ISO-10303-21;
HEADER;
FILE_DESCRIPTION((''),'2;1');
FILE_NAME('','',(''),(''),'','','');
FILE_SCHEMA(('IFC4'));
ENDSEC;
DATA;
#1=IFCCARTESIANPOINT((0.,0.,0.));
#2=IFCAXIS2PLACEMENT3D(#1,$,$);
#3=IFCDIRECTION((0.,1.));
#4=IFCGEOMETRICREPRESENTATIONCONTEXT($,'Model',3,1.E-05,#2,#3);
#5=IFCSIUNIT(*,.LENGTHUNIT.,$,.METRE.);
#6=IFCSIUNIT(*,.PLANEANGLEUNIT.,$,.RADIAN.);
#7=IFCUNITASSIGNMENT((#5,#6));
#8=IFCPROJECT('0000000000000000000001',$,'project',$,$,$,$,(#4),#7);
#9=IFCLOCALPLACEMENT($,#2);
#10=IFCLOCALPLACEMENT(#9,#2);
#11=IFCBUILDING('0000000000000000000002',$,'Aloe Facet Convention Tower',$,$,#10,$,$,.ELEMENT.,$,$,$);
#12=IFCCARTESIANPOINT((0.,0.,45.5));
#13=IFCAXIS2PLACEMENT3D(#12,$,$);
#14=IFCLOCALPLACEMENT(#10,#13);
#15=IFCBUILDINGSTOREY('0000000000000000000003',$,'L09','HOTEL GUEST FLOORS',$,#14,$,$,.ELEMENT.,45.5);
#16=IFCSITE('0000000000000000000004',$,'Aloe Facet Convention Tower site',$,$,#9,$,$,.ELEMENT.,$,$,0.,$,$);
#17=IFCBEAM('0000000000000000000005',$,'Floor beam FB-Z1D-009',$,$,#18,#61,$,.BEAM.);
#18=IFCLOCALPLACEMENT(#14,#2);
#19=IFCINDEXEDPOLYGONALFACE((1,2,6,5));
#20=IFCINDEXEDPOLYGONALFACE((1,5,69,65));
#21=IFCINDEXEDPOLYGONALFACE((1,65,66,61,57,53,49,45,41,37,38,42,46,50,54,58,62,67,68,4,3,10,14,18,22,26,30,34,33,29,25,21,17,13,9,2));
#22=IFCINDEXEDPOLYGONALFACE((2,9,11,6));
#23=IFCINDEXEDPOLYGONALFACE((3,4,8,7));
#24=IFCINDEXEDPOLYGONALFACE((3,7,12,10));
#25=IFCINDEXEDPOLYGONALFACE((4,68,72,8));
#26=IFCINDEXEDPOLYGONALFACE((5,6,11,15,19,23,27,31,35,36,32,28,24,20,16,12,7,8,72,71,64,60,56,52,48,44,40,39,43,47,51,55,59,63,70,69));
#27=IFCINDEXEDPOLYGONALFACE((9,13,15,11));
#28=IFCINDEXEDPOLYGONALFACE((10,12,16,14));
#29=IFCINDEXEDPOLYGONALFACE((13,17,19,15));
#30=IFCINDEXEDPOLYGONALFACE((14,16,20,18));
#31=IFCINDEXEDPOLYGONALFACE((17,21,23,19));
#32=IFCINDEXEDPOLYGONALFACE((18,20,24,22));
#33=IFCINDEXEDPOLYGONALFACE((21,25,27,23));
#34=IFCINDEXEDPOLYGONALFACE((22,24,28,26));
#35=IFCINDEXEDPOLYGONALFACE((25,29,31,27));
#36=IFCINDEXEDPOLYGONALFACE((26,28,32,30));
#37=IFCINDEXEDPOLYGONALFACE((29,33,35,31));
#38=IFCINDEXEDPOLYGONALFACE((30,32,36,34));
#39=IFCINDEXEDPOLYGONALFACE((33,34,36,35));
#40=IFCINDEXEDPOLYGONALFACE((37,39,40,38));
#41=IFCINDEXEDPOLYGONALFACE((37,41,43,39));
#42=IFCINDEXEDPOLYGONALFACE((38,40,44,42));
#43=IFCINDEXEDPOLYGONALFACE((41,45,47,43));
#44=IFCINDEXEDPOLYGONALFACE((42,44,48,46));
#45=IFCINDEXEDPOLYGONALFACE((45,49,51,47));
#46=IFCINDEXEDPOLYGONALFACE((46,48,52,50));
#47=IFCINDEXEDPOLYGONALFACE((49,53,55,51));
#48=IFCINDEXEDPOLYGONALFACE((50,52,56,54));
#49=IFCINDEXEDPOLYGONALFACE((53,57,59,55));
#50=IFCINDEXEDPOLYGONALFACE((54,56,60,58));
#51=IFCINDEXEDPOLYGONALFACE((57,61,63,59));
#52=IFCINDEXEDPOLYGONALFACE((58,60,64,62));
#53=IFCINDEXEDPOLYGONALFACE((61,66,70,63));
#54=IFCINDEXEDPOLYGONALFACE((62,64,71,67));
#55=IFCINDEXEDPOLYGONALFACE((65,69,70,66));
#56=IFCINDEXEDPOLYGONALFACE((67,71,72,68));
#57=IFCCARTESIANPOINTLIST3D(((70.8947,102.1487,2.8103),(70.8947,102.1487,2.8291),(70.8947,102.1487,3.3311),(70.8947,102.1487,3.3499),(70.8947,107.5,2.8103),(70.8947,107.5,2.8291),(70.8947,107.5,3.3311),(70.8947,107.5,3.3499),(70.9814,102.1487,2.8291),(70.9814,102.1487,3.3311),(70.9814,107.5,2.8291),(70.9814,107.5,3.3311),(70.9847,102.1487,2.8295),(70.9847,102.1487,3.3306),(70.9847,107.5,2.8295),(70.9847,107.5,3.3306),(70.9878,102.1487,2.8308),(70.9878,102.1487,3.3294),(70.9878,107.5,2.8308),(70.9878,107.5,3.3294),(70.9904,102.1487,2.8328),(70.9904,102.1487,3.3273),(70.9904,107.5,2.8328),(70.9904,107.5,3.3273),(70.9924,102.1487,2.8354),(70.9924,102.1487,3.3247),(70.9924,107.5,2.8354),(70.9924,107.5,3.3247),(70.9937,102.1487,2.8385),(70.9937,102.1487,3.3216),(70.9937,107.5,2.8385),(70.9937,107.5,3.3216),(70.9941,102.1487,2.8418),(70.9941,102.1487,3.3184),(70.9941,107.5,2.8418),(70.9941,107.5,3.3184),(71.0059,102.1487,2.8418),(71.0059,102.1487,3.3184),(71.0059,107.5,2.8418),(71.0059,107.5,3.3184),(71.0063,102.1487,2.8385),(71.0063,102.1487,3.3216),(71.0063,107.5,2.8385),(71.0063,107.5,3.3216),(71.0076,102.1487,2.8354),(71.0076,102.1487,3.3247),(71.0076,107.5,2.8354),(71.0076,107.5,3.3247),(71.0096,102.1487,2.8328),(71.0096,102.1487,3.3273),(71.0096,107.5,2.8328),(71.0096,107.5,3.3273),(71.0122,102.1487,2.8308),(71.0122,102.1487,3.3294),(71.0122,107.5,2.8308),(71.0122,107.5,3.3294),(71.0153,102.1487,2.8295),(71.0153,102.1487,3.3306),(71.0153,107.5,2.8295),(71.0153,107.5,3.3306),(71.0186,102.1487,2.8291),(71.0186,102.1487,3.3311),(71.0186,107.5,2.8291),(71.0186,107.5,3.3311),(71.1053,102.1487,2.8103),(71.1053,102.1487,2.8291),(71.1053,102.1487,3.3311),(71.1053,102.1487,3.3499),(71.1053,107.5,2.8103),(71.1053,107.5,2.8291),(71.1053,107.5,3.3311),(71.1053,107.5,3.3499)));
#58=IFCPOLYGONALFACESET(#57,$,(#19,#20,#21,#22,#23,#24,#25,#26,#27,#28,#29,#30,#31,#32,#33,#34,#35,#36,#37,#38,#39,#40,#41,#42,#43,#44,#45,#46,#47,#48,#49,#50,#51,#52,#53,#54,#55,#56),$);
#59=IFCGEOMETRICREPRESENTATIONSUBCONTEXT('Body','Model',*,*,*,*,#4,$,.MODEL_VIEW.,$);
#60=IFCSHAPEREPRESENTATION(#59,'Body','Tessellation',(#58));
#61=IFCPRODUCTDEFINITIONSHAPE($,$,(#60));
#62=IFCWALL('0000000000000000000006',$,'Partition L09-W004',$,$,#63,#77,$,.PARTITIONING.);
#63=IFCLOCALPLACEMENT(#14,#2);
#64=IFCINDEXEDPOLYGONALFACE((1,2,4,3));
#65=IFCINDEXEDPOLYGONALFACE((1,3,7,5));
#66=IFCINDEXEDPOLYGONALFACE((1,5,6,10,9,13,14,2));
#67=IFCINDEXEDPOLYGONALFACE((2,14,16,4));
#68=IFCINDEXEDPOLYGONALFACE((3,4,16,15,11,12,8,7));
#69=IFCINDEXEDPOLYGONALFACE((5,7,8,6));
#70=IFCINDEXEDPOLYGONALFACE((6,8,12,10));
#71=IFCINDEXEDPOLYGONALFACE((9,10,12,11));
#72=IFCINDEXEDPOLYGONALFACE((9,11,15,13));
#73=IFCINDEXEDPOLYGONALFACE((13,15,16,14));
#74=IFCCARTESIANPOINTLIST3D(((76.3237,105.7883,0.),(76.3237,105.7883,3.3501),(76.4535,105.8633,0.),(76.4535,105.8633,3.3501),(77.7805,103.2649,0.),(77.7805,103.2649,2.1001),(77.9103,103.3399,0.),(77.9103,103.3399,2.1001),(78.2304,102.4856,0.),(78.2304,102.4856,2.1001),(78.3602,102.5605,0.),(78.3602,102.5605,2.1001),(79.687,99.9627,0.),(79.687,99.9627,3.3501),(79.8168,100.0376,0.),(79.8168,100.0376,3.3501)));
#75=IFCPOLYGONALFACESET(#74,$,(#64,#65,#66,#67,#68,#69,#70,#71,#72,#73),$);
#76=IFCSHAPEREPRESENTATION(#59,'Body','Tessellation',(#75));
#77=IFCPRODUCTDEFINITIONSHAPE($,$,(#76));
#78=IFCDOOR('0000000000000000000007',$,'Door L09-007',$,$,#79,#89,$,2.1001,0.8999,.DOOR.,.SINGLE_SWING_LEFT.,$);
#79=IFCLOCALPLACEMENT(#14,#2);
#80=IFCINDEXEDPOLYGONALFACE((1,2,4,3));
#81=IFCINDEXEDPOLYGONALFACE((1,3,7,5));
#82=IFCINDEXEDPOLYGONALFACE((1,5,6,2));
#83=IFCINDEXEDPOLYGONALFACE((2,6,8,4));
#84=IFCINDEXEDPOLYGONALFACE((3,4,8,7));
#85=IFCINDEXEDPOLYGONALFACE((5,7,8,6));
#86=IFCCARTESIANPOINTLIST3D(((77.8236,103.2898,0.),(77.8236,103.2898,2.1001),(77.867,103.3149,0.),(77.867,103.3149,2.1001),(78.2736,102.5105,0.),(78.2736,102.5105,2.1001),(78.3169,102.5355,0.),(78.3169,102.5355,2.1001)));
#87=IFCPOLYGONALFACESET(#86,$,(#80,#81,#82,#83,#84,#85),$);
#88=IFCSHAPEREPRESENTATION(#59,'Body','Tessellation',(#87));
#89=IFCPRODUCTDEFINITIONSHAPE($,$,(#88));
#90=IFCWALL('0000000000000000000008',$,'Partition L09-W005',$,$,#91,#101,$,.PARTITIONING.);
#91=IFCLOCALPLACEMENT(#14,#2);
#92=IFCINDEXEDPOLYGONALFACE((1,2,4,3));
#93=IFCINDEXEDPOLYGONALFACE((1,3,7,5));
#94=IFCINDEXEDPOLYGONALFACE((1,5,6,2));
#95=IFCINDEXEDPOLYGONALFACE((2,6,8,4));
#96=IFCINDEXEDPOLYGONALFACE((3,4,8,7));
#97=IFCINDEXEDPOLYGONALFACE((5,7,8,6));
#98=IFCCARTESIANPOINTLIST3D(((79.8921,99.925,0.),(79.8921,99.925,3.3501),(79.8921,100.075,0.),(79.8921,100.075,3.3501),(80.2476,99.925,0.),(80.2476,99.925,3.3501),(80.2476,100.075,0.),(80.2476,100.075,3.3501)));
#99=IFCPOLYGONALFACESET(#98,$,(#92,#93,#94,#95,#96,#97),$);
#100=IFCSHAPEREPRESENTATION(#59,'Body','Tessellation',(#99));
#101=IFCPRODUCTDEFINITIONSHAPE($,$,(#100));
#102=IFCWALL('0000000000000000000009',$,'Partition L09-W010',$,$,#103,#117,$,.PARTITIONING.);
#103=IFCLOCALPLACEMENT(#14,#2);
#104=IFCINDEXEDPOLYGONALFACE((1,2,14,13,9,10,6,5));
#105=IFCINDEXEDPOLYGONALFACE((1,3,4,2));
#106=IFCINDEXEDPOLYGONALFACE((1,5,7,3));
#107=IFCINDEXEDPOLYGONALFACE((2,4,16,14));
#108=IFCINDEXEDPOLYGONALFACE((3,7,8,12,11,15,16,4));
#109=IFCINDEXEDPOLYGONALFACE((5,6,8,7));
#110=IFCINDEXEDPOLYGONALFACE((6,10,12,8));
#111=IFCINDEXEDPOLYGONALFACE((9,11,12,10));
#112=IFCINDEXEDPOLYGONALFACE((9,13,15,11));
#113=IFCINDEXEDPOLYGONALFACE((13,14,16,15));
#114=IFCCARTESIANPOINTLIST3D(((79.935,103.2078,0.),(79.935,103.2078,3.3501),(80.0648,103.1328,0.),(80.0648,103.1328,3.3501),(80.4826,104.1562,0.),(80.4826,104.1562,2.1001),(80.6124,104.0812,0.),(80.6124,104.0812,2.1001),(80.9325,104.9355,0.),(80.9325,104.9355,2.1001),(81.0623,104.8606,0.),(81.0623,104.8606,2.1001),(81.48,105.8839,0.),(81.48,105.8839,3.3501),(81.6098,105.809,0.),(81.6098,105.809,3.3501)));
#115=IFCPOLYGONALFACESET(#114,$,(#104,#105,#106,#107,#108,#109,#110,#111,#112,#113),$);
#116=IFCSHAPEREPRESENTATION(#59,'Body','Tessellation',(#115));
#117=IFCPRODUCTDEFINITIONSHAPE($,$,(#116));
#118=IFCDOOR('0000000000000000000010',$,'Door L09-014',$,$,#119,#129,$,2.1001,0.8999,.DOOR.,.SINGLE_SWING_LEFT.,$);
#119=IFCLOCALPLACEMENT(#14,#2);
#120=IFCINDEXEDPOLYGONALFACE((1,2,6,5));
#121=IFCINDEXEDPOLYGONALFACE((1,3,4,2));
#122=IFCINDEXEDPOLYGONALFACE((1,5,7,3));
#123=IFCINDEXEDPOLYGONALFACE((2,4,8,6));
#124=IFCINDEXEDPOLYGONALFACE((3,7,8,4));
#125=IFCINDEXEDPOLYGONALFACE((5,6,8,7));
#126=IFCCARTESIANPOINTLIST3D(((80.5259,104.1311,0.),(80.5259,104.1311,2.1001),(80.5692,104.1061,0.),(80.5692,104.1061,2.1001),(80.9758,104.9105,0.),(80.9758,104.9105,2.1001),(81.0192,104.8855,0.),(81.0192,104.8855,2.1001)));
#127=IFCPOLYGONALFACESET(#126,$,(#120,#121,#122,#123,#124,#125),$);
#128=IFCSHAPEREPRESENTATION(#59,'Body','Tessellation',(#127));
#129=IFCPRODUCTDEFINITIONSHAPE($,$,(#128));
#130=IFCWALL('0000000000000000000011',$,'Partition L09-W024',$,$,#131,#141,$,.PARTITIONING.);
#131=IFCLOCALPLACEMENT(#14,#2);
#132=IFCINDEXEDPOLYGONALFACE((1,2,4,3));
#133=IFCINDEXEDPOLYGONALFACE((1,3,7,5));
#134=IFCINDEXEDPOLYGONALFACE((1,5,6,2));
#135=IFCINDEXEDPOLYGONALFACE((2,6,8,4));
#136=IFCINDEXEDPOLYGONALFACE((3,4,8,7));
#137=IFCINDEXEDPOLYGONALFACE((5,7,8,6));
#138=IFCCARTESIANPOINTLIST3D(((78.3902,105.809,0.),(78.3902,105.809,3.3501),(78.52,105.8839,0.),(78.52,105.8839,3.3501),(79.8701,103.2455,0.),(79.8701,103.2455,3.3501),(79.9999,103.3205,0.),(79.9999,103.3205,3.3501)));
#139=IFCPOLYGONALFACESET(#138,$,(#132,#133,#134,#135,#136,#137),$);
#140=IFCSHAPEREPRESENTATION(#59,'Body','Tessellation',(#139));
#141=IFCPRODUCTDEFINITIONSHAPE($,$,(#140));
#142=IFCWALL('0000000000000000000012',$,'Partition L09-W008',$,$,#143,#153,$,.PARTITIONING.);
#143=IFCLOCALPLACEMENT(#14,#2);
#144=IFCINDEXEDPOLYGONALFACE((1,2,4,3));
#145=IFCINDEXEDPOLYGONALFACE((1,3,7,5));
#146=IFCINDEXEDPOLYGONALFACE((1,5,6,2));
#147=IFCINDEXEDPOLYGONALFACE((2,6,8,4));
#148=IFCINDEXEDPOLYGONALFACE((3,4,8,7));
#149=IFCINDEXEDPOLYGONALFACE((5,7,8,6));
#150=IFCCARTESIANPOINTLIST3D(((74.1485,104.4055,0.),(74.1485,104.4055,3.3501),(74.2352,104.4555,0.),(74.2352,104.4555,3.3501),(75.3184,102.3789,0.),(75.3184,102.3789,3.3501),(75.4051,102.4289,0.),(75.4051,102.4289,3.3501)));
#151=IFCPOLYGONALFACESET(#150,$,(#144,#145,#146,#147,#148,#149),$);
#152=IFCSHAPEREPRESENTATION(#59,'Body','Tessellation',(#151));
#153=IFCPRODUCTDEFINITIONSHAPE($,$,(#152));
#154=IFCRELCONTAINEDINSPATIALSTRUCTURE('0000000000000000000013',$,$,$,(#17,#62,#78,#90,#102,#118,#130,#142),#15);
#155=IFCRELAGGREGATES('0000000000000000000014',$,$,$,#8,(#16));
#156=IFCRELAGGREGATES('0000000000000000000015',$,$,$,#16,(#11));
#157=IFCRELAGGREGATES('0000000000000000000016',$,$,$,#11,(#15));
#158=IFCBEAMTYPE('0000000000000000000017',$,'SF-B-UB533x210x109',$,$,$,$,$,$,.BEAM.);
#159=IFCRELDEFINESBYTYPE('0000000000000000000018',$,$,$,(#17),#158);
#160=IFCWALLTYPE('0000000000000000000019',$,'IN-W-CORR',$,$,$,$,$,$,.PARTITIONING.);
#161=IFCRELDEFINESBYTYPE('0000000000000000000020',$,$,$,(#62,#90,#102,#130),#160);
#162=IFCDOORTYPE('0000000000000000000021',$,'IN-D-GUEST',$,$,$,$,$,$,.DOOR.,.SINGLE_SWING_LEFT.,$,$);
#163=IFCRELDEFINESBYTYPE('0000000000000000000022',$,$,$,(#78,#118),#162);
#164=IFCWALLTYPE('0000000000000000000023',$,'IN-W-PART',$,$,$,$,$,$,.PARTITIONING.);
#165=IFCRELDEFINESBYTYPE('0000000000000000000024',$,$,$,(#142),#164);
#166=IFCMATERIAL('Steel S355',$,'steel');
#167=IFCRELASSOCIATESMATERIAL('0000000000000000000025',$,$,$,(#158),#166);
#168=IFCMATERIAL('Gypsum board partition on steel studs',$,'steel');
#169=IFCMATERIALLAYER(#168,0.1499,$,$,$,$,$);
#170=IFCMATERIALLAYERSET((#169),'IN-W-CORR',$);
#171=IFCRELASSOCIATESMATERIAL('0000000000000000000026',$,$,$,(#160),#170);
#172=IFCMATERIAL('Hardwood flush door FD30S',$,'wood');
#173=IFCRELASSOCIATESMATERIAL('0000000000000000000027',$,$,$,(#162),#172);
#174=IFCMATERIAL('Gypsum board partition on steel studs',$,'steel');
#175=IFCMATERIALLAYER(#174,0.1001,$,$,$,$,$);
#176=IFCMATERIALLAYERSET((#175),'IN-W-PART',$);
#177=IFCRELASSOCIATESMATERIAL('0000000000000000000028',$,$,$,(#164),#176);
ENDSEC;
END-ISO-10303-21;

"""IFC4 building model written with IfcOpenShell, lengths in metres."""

from ifc_helpers import new_model, si_unit, direction, frame, frame_2d, origin, origin_2d, place, context, subcontext, project, spatial, rectangle, i_section, extrude, material, layer, layer_set, material_profile, profile_set, type_object, element, fill, save


model = new_model("IFC4")

# Units and contexts
model_context = context("Model", 3, precision=1e-05, world=origin(), true_north=direction((0.0, 1.0)))
body_context = subcontext(model_context, "Body", "Model", "MODEL_VIEW")
ifc_project = project(units=[si_unit("LENGTHUNIT", "METRE"), si_unit("PLANEANGLEUNIT", "RADIAN")], contexts=[model_context])

# Site, building, storey
site_placement = place(None, origin())
site = spatial("IfcSite", under=ifc_project, at=site_placement, Name="Aloe Facet Convention Tower site", CompositionType="ELEMENT", RefElevation=0.0)
building_placement = place(site_placement, origin())
building = spatial("IfcBuilding", under=site, at=building_placement, Name="Aloe Facet Convention Tower", CompositionType="ELEMENT")
storey_placement = place(building_placement, frame((0.0, 0.0, 45.5)))
storey = spatial("IfcBuildingStorey", under=building, at=storey_placement, Name="L09", Description="HOTEL GUEST FLOORS", CompositionType="ELEMENT", Elevation=45.5)

# Beam
ifc_material_1 = material(Name="Steel S355", Category="steel")
ifc_material_profile_1 = material_profile(ifc_material_1, i_section(OverallWidth=0.2107, OverallDepth=0.5396, WebThickness=0.0117, FlangeThickness=0.0188, FilletRadius=0.0127, at=origin_2d()), Name="UB 533x210x109")
ifc_profile_set_1 = profile_set([ifc_material_profile_1], Name="Steel S355")
beam_type_1 = type_object("IfcBeamType", Name="SF-B-UB533x210x109", PredefinedType="BEAM", material=ifc_profile_set_1)
beam_1_placement = place(storey_placement, frame((71.0, 107.5, 3.0801), z_axis=(0.0, -1.0, 0.0), x_axis=(1.0, 0.0, 0.0)))
element("IfcBeam", 1, at=beam_1_placement, inside=storey, type_object=beam_type_1, Name="Floor beam FB-Z1D-009", PredefinedType="BEAM", context=body_context, shape_type="SweptSolid", body=[
    extrude(i_section(OverallWidth=0.2107, OverallDepth=0.5396, WebThickness=0.0117, FlangeThickness=0.0188, FilletRadius=0.0127, at=origin_2d()), origin(), (0.0, 0.0, 1.0), 5.3513),
])

# Wall, opening, door
ifc_material_2 = material(Name="Gypsum board partition on steel studs", Category="steel")
ifc_layer_1 = layer(ifc_material_2, 0.1499)
ifc_layer_set_1 = layer_set([ifc_layer_1], Name="IN-W-CORR")
wall_type_1 = type_object("IfcWallType", Name="IN-W-CORR", PredefinedType="PARTITIONING", material=ifc_layer_set_1)
wall_1_placement = place(storey_placement, frame((76.3887, 105.8257, 0.0), z_axis=(0.0, 0.0, 1.0), x_axis=(0.49998, -0.866037, 0.0)))
wall_1 = element("IfcWall", 2, at=wall_1_placement, inside=storey, type_object=wall_type_1, Name="Partition L09-W004", PredefinedType="PARTITIONING", context=body_context, shape_type="SweptSolid", body=[
    extrude(rectangle(XDim=6.7268, YDim=0.1499, at=frame_2d((3.3633, 0.0))), origin(), (0.0, 0.0, 1.0), 3.3501),
])
opening_1_placement = place(wall_1_placement, frame((2.9136, 0.0, 0.0)))
opening_1 = element("IfcOpeningElement", 3, at=opening_1_placement, cuts=wall_1, PredefinedType="OPENING", context=body_context, shape_type="SweptSolid", body=[
    extrude(rectangle(XDim=0.8999, YDim=2.1001, at=frame_2d((0.45, 1.05))), frame((0.0, 0.085, 0.0), z_axis=(0.0, -1.0, 0.0), x_axis=(1.0, 0.0, 0.0)), (0.0, 0.0, 1.0), 0.1699),
])
ifc_material_3 = material(Name="Hardwood flush door FD30S", Category="wood")
door_type_1 = type_object("IfcDoorType", Name="IN-D-GUEST", OperationType="SINGLE_SWING_LEFT", PredefinedType="DOOR", material=ifc_material_3)
door_1_placement = place(opening_1_placement, origin())
door_1 = element("IfcDoor", 4, at=door_1_placement, inside=storey, type_object=door_type_1, Name="Door L09-007", OperationType="SINGLE_SWING_LEFT", OverallHeight=2.1001, OverallWidth=0.8999, PredefinedType="DOOR", context=body_context, shape_type="SweptSolid", body=[
    extrude(rectangle(XDim=0.8999, YDim=2.1001, at=frame_2d((0.45, 1.05))), frame((0.0, 0.0249, 0.0), z_axis=(0.0, -1.0, 0.0), x_axis=(1.0, 0.0, 0.0)), (0.0, 0.0, 1.0), 0.05),
])
fill(opening_1, door_1)

# Wall
wall_2_placement = place(storey_placement, frame((79.8921, 100.0, 0.0), z_axis=(0.0, 0.0, 1.0), x_axis=(1.0, 0.0, 0.0)))
element("IfcWall", 5, at=wall_2_placement, inside=storey, type_object=wall_type_1, Name="Partition L09-W005", PredefinedType="PARTITIONING", context=body_context, shape_type="SweptSolid", body=[
    extrude(rectangle(XDim=0.3555, YDim=0.1499, at=frame_2d((0.1777, 0.0))), origin(), (0.0, 0.0, 1.0), 3.3501),
])

# Wall, opening, door
wall_3_placement = place(storey_placement, frame((80.0, 103.1704, 0.0), z_axis=(0.0, 0.0, 1.0), x_axis=(0.49998, 0.866037, 0.0)))
wall_3 = element("IfcWall", 6, at=wall_3_placement, inside=storey, type_object=wall_type_1, Name="Partition L09-W010", PredefinedType="PARTITIONING", context=body_context, shape_type="SweptSolid", body=[
    extrude(rectangle(XDim=3.0901, YDim=0.1499, at=frame_2d((1.5449, 0.0))), origin(), (0.0, 0.0, 1.0), 3.3501),
])
opening_2_placement = place(wall_3_placement, frame((1.095, 0.0, 0.0)))
opening_2 = element("IfcOpeningElement", 7, at=opening_2_placement, cuts=wall_3, PredefinedType="OPENING", context=body_context, shape_type="SweptSolid", body=[
    extrude(rectangle(XDim=0.8999, YDim=2.1001, at=frame_2d((0.45, 1.05))), frame((0.0, 0.085, 0.0), z_axis=(0.0, -1.0, 0.0), x_axis=(1.0, 0.0, 0.0)), (0.0, 0.0, 1.0), 0.1699),
])
door_2_placement = place(opening_2_placement, origin())
door_2 = element("IfcDoor", 8, at=door_2_placement, inside=storey, type_object=door_type_1, Name="Door L09-014", OperationType="SINGLE_SWING_LEFT", OverallHeight=2.1001, OverallWidth=0.8999, PredefinedType="DOOR", context=body_context, shape_type="SweptSolid", body=[
    extrude(rectangle(XDim=0.8999, YDim=2.1001, at=frame_2d((0.45, 1.05))), frame((0.0, 0.0249, 0.0), z_axis=(0.0, -1.0, 0.0), x_axis=(1.0, 0.0, 0.0)), (0.0, 0.0, 1.0), 0.05),
])
fill(opening_2, door_2)

# Walls
wall_4_placement = place(storey_placement, frame((78.4551, 105.8464, 0.0), z_axis=(0.0, 0.0, 1.0), x_axis=(0.499989, -0.866032, 0.0)))
element("IfcWall", 9, at=wall_4_placement, inside=storey, type_object=wall_type_1, Name="Partition L09-W024", PredefinedType="PARTITIONING", context=body_context, shape_type="SweptSolid", body=[
    extrude(rectangle(XDim=2.96, YDim=0.1499, at=frame_2d((1.48, 0.0))), origin(), (0.0, 0.0, 1.0), 3.3501),
])
ifc_material_4 = material(Name="Gypsum board partition on steel studs", Category="steel")
ifc_layer_2 = layer(ifc_material_4, 0.1001)
ifc_layer_set_2 = layer_set([ifc_layer_2], Name="IN-W-PART")
wall_type_2 = type_object("IfcWallType", Name="IN-W-PART", PredefinedType="PARTITIONING", material=ifc_layer_set_2)
wall_5_placement = place(storey_placement, frame((74.1919, 104.4304, 0.0), z_axis=(0.0, 0.0, 1.0), x_axis=(0.499954, -0.866052, 0.0)))
element("IfcWall", 10, at=wall_5_placement, inside=storey, type_object=wall_type_2, Name="Partition L09-W008", PredefinedType="PARTITIONING", context=body_context, shape_type="SweptSolid", body=[
    extrude(rectangle(XDim=2.3401, YDim=0.1001, at=frame_2d((1.1699, 0.0))), origin(), (0.0, 0.0, 1.0), 3.3501),
])

save(model, "model.ifc")
